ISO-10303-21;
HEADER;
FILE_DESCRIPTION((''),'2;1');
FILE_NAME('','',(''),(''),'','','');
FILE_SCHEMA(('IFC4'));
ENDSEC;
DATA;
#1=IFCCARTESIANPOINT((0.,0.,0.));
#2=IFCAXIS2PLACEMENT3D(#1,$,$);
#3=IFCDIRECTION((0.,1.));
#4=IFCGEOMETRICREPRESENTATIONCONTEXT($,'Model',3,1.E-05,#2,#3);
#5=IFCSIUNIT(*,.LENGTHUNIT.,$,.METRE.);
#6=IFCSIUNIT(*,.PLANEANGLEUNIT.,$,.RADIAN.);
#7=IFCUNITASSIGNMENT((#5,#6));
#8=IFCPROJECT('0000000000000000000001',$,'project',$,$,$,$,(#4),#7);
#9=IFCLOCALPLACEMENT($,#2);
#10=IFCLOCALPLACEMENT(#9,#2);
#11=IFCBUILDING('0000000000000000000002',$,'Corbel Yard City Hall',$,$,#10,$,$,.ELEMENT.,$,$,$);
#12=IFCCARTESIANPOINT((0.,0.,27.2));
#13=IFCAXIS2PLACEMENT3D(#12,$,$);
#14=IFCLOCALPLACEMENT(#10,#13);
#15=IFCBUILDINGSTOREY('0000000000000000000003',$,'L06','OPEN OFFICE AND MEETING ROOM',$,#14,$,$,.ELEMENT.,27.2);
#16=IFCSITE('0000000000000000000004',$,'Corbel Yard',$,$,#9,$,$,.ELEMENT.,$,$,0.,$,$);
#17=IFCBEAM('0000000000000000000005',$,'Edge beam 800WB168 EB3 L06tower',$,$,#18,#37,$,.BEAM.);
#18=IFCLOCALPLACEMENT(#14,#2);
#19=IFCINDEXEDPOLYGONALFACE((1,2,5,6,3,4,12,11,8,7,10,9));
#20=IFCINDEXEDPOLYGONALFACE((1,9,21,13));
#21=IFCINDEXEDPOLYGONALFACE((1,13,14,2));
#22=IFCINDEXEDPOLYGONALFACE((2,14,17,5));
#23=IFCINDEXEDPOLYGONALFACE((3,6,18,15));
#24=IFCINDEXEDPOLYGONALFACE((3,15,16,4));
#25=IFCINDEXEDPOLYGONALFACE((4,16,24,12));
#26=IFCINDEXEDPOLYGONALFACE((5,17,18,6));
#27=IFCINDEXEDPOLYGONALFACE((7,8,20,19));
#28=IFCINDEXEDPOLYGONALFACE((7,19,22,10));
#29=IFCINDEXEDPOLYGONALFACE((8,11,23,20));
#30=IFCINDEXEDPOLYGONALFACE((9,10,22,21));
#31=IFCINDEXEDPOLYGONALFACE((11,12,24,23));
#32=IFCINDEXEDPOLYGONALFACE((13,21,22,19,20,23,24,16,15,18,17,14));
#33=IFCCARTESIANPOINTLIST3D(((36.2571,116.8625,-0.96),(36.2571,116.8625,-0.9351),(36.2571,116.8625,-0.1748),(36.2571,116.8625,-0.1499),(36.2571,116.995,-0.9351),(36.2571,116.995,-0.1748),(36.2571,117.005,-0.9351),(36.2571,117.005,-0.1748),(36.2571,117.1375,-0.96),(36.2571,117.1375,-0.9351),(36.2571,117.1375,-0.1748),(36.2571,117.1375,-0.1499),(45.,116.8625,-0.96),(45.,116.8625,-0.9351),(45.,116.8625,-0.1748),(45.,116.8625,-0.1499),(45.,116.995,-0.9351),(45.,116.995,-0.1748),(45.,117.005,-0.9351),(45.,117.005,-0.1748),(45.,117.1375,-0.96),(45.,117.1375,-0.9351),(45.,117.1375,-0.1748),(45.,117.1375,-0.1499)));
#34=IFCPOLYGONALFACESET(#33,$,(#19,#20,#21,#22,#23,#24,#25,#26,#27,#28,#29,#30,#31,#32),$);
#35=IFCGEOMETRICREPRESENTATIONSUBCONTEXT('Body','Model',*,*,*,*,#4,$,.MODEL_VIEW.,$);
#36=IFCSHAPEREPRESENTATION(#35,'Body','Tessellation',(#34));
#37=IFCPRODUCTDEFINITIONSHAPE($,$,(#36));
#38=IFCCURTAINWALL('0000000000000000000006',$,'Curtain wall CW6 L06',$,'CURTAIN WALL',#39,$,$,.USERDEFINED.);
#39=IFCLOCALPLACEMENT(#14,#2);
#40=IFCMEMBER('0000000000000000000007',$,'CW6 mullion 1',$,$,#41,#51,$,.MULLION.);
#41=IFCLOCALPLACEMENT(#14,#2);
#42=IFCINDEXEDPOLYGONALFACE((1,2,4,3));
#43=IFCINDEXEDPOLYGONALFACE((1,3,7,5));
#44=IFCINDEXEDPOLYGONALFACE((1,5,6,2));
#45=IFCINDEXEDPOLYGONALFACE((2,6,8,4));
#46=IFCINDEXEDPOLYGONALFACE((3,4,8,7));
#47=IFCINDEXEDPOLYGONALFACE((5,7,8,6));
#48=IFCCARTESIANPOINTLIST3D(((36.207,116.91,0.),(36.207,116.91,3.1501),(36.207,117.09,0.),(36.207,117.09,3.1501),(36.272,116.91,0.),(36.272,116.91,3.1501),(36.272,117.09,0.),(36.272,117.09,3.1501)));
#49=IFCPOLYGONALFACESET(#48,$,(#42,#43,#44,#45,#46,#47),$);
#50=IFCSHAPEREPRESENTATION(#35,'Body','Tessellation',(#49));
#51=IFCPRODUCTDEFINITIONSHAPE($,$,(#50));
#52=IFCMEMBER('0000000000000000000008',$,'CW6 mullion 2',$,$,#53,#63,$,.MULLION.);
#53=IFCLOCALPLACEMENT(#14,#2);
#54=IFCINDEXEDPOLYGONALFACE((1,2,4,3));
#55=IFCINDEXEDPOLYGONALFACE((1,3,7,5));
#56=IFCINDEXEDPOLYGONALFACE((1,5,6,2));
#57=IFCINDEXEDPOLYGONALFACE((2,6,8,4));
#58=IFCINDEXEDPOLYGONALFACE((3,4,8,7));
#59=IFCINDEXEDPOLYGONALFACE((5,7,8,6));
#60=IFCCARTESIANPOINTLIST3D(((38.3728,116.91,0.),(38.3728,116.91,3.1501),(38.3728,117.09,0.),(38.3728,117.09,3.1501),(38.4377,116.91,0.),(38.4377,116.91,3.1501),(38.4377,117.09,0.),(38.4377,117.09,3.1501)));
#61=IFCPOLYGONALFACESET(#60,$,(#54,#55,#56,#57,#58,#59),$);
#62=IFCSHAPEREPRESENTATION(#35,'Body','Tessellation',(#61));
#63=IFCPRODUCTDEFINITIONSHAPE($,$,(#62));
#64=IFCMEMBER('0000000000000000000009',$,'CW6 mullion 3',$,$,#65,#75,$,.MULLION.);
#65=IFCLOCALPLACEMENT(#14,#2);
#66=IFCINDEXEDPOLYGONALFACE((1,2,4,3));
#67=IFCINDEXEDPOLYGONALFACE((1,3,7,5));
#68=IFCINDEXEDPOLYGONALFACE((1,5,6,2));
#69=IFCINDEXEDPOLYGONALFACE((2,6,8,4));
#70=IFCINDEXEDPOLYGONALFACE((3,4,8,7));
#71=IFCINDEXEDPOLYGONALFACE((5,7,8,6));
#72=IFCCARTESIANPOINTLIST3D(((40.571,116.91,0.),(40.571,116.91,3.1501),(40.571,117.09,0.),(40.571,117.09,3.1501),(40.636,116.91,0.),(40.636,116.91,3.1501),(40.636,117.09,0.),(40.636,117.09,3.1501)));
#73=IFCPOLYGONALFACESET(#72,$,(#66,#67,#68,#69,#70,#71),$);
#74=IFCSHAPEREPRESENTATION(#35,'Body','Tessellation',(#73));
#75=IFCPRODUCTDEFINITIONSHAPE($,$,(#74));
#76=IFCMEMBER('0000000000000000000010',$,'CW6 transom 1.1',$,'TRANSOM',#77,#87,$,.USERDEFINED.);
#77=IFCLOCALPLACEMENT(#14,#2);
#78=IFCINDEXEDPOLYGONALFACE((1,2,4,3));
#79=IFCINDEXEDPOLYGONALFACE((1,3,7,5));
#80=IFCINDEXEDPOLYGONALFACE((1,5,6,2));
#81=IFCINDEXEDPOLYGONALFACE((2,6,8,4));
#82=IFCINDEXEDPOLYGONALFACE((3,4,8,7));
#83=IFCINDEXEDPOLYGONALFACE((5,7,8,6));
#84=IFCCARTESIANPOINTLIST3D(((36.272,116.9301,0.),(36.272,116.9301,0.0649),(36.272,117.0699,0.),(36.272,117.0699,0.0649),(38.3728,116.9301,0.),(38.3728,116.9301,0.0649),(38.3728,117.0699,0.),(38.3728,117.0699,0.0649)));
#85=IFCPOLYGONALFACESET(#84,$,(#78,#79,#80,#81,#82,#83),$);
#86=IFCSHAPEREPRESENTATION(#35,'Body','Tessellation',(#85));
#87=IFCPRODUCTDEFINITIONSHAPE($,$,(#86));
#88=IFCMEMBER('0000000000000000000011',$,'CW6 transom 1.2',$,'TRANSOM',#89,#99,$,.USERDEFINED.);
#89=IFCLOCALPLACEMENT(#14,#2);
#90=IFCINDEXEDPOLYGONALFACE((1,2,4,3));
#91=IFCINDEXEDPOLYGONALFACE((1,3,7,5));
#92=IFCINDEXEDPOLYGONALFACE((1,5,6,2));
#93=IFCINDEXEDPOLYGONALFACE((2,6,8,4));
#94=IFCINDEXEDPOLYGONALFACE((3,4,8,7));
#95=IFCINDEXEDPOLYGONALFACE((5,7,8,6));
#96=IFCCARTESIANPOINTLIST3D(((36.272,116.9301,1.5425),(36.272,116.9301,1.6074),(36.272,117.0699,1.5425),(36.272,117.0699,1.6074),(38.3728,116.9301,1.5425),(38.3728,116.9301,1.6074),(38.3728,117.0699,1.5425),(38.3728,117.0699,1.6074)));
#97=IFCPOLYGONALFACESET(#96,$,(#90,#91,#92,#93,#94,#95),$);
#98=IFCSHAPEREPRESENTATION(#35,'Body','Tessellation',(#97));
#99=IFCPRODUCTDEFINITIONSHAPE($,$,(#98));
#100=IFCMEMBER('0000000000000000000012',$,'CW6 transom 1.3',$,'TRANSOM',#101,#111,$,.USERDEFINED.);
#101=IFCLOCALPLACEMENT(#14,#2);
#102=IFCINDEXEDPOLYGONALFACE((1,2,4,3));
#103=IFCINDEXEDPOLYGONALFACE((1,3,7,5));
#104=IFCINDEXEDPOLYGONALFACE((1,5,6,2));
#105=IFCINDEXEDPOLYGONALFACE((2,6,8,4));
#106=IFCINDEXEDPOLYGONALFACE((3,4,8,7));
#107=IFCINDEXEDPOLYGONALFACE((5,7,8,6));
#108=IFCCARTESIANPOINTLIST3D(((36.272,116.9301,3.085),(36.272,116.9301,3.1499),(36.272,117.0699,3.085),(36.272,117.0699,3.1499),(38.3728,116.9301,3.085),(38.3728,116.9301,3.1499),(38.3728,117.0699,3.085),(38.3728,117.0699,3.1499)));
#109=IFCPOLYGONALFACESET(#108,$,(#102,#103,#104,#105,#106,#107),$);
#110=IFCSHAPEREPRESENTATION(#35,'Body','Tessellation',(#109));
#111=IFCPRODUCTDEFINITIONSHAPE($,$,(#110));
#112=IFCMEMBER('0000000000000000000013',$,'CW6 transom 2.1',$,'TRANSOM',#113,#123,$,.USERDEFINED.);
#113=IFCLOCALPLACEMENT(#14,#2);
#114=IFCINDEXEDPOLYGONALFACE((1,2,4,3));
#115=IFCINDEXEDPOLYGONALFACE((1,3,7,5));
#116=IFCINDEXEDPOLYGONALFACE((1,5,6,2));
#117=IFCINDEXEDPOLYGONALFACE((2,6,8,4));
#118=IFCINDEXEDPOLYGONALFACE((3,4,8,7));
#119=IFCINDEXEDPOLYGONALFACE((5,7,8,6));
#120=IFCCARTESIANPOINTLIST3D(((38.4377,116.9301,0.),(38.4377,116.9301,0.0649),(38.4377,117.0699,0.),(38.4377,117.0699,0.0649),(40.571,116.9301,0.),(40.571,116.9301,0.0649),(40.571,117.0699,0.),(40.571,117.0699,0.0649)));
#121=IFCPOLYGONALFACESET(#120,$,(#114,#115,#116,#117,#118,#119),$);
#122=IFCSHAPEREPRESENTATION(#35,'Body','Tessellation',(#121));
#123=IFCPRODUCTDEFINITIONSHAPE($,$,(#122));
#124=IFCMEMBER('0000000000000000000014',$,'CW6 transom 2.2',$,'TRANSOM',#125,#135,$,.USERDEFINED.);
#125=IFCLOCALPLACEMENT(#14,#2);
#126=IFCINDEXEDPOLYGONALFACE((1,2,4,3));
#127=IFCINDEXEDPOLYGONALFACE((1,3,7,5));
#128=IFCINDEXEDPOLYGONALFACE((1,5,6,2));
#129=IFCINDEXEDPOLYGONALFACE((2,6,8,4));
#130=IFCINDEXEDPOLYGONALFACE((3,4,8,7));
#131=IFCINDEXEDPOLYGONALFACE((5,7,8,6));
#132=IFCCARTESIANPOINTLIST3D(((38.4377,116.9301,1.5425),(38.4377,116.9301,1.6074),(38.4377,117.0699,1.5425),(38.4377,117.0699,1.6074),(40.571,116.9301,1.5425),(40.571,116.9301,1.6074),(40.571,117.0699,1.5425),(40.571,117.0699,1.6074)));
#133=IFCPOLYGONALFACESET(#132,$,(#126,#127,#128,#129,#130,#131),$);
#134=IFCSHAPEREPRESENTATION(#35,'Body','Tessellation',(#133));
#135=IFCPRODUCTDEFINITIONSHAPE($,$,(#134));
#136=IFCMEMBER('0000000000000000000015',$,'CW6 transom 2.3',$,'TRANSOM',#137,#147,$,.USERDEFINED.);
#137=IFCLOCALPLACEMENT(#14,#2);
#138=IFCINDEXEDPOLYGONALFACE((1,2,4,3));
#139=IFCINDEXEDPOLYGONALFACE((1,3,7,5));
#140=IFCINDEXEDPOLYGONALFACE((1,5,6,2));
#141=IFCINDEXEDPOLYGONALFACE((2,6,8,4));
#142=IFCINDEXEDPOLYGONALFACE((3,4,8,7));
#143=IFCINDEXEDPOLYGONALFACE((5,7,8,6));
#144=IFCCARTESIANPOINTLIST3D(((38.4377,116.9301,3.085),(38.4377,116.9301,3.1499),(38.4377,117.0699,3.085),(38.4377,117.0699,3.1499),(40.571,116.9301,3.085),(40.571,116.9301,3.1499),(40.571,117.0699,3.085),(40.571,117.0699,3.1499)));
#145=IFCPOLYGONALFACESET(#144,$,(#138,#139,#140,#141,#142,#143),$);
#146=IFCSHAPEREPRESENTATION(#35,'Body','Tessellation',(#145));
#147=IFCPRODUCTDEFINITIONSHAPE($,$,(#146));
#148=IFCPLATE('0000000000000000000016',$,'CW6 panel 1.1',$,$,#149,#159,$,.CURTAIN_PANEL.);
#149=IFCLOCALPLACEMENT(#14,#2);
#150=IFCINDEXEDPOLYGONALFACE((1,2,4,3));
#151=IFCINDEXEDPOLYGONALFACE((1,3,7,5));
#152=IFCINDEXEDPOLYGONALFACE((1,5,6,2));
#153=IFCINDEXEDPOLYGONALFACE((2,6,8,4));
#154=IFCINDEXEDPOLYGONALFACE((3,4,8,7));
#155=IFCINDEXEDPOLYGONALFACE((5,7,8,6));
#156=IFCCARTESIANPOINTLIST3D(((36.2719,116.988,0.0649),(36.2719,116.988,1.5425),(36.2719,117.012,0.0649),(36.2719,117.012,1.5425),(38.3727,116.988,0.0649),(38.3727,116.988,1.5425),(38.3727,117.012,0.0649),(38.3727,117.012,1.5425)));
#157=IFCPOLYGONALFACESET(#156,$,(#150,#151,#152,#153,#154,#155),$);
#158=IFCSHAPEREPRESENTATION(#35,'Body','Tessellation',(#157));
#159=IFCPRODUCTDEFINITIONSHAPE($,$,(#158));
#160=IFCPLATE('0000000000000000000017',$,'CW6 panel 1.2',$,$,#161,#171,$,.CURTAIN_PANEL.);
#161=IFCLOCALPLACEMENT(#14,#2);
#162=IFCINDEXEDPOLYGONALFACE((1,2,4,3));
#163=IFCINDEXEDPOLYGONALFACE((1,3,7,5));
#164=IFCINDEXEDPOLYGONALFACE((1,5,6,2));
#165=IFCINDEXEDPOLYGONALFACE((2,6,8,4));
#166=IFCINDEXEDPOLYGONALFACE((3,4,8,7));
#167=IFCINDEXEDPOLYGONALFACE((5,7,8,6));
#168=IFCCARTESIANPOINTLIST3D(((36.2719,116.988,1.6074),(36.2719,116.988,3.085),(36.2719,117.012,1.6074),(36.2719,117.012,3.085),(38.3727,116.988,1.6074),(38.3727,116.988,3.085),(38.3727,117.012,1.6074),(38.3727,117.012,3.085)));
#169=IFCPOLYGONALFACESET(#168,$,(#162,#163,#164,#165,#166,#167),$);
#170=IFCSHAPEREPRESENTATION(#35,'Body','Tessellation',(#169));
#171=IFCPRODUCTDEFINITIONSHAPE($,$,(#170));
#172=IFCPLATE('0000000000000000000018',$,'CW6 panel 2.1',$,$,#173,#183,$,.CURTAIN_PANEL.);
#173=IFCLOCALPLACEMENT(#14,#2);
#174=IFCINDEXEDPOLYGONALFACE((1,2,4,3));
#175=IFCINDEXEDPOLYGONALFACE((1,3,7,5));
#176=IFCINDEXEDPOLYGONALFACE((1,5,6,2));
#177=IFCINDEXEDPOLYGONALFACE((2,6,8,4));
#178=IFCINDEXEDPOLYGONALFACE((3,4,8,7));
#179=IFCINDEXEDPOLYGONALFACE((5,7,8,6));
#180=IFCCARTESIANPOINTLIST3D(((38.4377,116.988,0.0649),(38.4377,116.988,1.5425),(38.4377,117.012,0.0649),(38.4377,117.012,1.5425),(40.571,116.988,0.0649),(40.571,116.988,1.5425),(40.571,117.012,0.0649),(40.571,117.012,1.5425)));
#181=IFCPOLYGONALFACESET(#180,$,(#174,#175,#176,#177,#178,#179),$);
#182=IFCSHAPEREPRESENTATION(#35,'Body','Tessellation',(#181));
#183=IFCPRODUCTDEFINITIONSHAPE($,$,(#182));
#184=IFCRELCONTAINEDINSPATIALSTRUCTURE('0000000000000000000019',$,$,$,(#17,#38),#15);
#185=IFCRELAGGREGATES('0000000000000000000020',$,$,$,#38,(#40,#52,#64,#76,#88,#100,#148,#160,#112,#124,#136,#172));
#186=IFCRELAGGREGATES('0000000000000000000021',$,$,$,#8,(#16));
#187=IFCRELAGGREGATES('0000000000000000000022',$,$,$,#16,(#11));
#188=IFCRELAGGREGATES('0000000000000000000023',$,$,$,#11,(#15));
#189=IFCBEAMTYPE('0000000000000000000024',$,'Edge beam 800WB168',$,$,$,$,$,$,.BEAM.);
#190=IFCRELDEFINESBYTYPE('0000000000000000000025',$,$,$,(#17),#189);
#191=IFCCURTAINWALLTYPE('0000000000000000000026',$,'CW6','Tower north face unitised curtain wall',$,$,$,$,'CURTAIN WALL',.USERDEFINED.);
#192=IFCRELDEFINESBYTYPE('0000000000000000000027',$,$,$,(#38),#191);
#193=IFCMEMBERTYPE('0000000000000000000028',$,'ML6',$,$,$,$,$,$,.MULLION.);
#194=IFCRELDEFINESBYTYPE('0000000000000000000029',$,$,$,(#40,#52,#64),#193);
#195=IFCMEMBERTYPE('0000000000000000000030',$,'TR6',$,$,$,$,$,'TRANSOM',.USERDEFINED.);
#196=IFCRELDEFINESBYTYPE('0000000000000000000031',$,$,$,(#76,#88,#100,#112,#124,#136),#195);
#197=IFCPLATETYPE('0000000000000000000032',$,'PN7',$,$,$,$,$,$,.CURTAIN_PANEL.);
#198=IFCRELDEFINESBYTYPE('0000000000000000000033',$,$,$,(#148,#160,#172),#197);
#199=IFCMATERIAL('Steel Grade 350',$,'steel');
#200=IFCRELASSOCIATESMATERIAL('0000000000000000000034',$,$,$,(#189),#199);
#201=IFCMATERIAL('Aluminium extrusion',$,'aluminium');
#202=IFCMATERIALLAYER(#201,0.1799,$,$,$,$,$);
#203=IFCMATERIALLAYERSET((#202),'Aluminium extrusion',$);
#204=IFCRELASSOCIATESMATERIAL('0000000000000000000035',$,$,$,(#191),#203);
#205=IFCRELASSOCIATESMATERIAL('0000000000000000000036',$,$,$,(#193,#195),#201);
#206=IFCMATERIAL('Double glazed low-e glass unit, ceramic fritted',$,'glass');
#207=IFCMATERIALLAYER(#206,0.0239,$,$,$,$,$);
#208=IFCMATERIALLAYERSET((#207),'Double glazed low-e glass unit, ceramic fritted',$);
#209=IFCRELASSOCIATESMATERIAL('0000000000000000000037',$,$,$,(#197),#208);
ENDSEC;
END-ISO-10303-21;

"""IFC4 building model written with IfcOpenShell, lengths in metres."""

from ifc_helpers import new_model, si_unit, direction, frame, origin, origin_2d, place, context, subcontext, project, spatial, rectangle, i_section, extrude, material, layer, layer_set, material_profile, profile_set, type_object, element, aggregate, save


model = new_model("IFC4")

# Units and contexts
model_context = context("Model", 3, precision=1e-05, world=origin(), true_north=direction((0.0, 1.0)))
body_context = subcontext(model_context, "Body", "Model", "MODEL_VIEW")
ifc_project = project(units=[si_unit("LENGTHUNIT", "METRE"), si_unit("PLANEANGLEUNIT", "RADIAN")], contexts=[model_context])

# Site, building, storey
site_placement = place(None, origin())
site = spatial("IfcSite", under=ifc_project, at=site_placement, Name="Corbel Yard", CompositionType="ELEMENT", RefElevation=0.0)
building_placement = place(site_placement, origin())
building = spatial("IfcBuilding", under=site, at=building_placement, Name="Corbel Yard City Hall", CompositionType="ELEMENT")
storey_placement = place(building_placement, frame((0.0, 0.0, 27.2)))
storey = spatial("IfcBuildingStorey", under=building, at=storey_placement, Name="L06", Description="OPEN OFFICE AND MEETING ROOM", CompositionType="ELEMENT", Elevation=27.2)

# Beam
ifc_material_1 = material(Name="Steel Grade 350", Category="steel")
ifc_material_profile_1 = material_profile(ifc_material_1, i_section(OverallWidth=0.2749, OverallDepth=0.8101, WebThickness=0.01, FlangeThickness=0.0249, at=origin_2d()), Name="800WB168")
ifc_profile_set_1 = profile_set([ifc_material_profile_1], Name="Steel Grade 350")
beam_type = type_object("IfcBeamType", Name="Edge beam 800WB168", PredefinedType="BEAM", material=ifc_profile_set_1)
beam_placement = place(storey_placement, frame((36.2571, 117.0, -0.5549), z_axis=(1.0, 0.0, 0.0), x_axis=(0.0, 1.0, 0.0)))
element("IfcBeam", 1, at=beam_placement, inside=storey, type_object=beam_type, Name="Edge beam 800WB168 EB3 L06tower", PredefinedType="BEAM", context=body_context, shape_type="SweptSolid", body=[
    extrude(i_section(OverallWidth=0.2749, OverallDepth=0.8101, WebThickness=0.01, FlangeThickness=0.0249, at=origin_2d()), origin(), (0.0, 0.0, 1.0), 8.7429),
])

# Curtain wall, members, plates
ifc_material_2 = material(Name="Aluminium extrusion", Category="aluminium")
ifc_layer_1 = layer(ifc_material_2, 0.1799)
ifc_layer_set_1 = layer_set([ifc_layer_1], Name="Aluminium extrusion")
curtain_wall_type = type_object("IfcCurtainWallType", Name="CW6", Description="Tower north face unitised curtain wall", ElementType="CURTAIN WALL", PredefinedType="USERDEFINED", material=ifc_layer_set_1)
curtain_wall_placement = place(storey_placement, origin())
curtain_wall = element("IfcCurtainWall", 2, at=curtain_wall_placement, inside=storey, type_object=curtain_wall_type, Name="Curtain wall CW6 L06", ObjectType="CURTAIN WALL", PredefinedType="USERDEFINED")
ifc_material_profile_2 = material_profile(ifc_material_2, rectangle(XDim=0.1799, YDim=0.0649, at=origin_2d()), Name="180x65")
ifc_profile_set_2 = profile_set([ifc_material_profile_2], Name="Aluminium extrusion")
member_type_1 = type_object("IfcMemberType", Name="ML6", PredefinedType="MULLION", material=ifc_profile_set_2)
member_1_placement = place(storey_placement, frame((36.2395, 117.0, 0.0), z_axis=(0.0, 0.0, 1.0), x_axis=(0.0, 1.0, 0.0)))
member_1 = element("IfcMember", 3, at=member_1_placement, type_object=member_type_1, Name="CW6 mullion 1", PredefinedType="MULLION", context=body_context, shape_type="SweptSolid", body=[
    extrude(rectangle(XDim=0.1799, YDim=0.0649, at=origin_2d()), origin(), (0.0, 0.0, 1.0), 3.1501),
])
member_2_placement = place(storey_placement, frame((38.4053, 117.0, 0.0), z_axis=(0.0, 0.0, 1.0), x_axis=(0.0, 1.0, 0.0)))
member_2 = element("IfcMember", 4, at=member_2_placement, type_object=member_type_1, Name="CW6 mullion 2", PredefinedType="MULLION", context=body_context, shape_type="SweptSolid", body=[
    extrude(rectangle(XDim=0.1799, YDim=0.0649, at=origin_2d()), origin(), (0.0, 0.0, 1.0), 3.1501),
])
member_3_placement = place(storey_placement, frame((40.6035, 117.0, 0.0), z_axis=(0.0, 0.0, 1.0), x_axis=(0.0, 1.0, 0.0)))
member_3 = element("IfcMember", 5, at=member_3_placement, type_object=member_type_1, Name="CW6 mullion 3", PredefinedType="MULLION", context=body_context, shape_type="SweptSolid", body=[
    extrude(rectangle(XDim=0.1799, YDim=0.0649, at=origin_2d()), origin(), (0.0, 0.0, 1.0), 3.1501),
])
ifc_material_profile_3 = material_profile(ifc_material_2, rectangle(XDim=0.1399, YDim=0.0649, at=origin_2d()), Name="140x65")
ifc_profile_set_3 = profile_set([ifc_material_profile_3], Name="Aluminium extrusion")
member_type_2 = type_object("IfcMemberType", Name="TR6", ElementType="TRANSOM", PredefinedType="USERDEFINED", material=ifc_profile_set_3)
member_4_placement = place(storey_placement, frame((36.272, 117.0, 0.0325), z_axis=(1.0, 0.0, 0.0), x_axis=(0.0, 1.0, 0.0)))
member_4 = element("IfcMember", 6, at=member_4_placement, type_object=member_type_2, Name="CW6 transom 1.1", ObjectType="TRANSOM", PredefinedType="USERDEFINED", context=body_context, shape_type="SweptSolid", body=[
    extrude(rectangle(XDim=0.1399, YDim=0.0649, at=origin_2d()), origin(), (0.0, 0.0, 1.0), 2.1008),
])
member_5_placement = place(storey_placement, frame((36.272, 117.0, 1.575), z_axis=(1.0, 0.0, 0.0), x_axis=(0.0, 1.0, 0.0)))
member_5 = element("IfcMember", 7, at=member_5_placement, type_object=member_type_2, Name="CW6 transom 1.2", ObjectType="TRANSOM", PredefinedType="USERDEFINED", context=body_context, shape_type="SweptSolid", body=[
    extrude(rectangle(XDim=0.1399, YDim=0.0649, at=origin_2d()), origin(), (0.0, 0.0, 1.0), 2.1008),
])
member_6_placement = place(storey_placement, frame((36.272, 117.0, 3.1174), z_axis=(1.0, 0.0, 0.0), x_axis=(0.0, 1.0, 0.0)))
member_6 = element("IfcMember", 8, at=member_6_placement, type_object=member_type_2, Name="CW6 transom 1.3", ObjectType="TRANSOM", PredefinedType="USERDEFINED", context=body_context, shape_type="SweptSolid", body=[
    extrude(rectangle(XDim=0.1399, YDim=0.0649, at=origin_2d()), origin(), (0.0, 0.0, 1.0), 2.1008),
])
member_7_placement = place(storey_placement, frame((38.4377, 117.0, 0.0325), z_axis=(1.0, 0.0, 0.0), x_axis=(0.0, 1.0, 0.0)))
member_7 = element("IfcMember", 9, at=member_7_placement, type_object=member_type_2, Name="CW6 transom 2.1", ObjectType="TRANSOM", PredefinedType="USERDEFINED", context=body_context, shape_type="SweptSolid", body=[
    extrude(rectangle(XDim=0.1399, YDim=0.0649, at=origin_2d()), origin(), (0.0, 0.0, 1.0), 2.1333),
])
member_8_placement = place(storey_placement, frame((38.4377, 117.0, 1.575), z_axis=(1.0, 0.0, 0.0), x_axis=(0.0, 1.0, 0.0)))
member_8 = element("IfcMember", 10, at=member_8_placement, type_object=member_type_2, Name="CW6 transom 2.2", ObjectType="TRANSOM", PredefinedType="USERDEFINED", context=body_context, shape_type="SweptSolid", body=[
    extrude(rectangle(XDim=0.1399, YDim=0.0649, at=origin_2d()), origin(), (0.0, 0.0, 1.0), 2.1333),
])
member_9_placement = place(storey_placement, frame((38.4377, 117.0, 3.1174), z_axis=(1.0, 0.0, 0.0), x_axis=(0.0, 1.0, 0.0)))
member_9 = element("IfcMember", 11, at=member_9_placement, type_object=member_type_2, Name="CW6 transom 2.3", ObjectType="TRANSOM", PredefinedType="USERDEFINED", context=body_context, shape_type="SweptSolid", body=[
    extrude(rectangle(XDim=0.1399, YDim=0.0649, at=origin_2d()), origin(), (0.0, 0.0, 1.0), 2.1333),
])
ifc_material_3 = material(Name="Double glazed low-e glass unit, ceramic fritted", Category="glass")
ifc_layer_2 = layer(ifc_material_3, 0.0239)
ifc_layer_set_2 = layer_set([ifc_layer_2], Name="Double glazed low-e glass unit, ceramic fritted")
plate_type = type_object("IfcPlateType", Name="PN7", PredefinedType="CURTAIN_PANEL", material=ifc_layer_set_2)
plate_1_placement = place(storey_placement, frame((37.3223, 117.0, 0.0649), z_axis=(0.0, 0.0, 1.0), x_axis=(1.0, 0.0, 0.0)))
plate_1 = element("IfcPlate", 12, at=plate_1_placement, type_object=plate_type, Name="CW6 panel 1.1", PredefinedType="CURTAIN_PANEL", context=body_context, shape_type="SweptSolid", body=[
    extrude(rectangle(XDim=2.1008, YDim=0.0239, at=origin_2d()), origin(), (0.0, 0.0, 1.0), 1.4775),
])
plate_2_placement = place(storey_placement, frame((37.3223, 117.0, 1.6074), z_axis=(0.0, 0.0, 1.0), x_axis=(1.0, 0.0, 0.0)))
plate_2 = element("IfcPlate", 13, at=plate_2_placement, type_object=plate_type, Name="CW6 panel 1.2", PredefinedType="CURTAIN_PANEL", context=body_context, shape_type="SweptSolid", body=[
    extrude(rectangle(XDim=2.1008, YDim=0.0239, at=origin_2d()), origin(), (0.0, 0.0, 1.0), 1.4775),
])
plate_3_placement = place(storey_placement, frame((39.5044, 117.0, 0.0649), z_axis=(0.0, 0.0, 1.0), x_axis=(1.0, 0.0, 0.0)))
plate_3 = element("IfcPlate", 14, at=plate_3_placement, type_object=plate_type, Name="CW6 panel 2.1", PredefinedType="CURTAIN_PANEL", context=body_context, shape_type="SweptSolid", body=[
    extrude(rectangle(XDim=2.1333, YDim=0.0239, at=origin_2d()), origin(), (0.0, 0.0, 1.0), 1.4775),
])
aggregate(curtain_wall, [member_1, member_2, member_3, member_4, member_5, member_6, plate_1, plate_2, member_7, member_8, member_9, plate_3])

save(model, "model.ifc")
